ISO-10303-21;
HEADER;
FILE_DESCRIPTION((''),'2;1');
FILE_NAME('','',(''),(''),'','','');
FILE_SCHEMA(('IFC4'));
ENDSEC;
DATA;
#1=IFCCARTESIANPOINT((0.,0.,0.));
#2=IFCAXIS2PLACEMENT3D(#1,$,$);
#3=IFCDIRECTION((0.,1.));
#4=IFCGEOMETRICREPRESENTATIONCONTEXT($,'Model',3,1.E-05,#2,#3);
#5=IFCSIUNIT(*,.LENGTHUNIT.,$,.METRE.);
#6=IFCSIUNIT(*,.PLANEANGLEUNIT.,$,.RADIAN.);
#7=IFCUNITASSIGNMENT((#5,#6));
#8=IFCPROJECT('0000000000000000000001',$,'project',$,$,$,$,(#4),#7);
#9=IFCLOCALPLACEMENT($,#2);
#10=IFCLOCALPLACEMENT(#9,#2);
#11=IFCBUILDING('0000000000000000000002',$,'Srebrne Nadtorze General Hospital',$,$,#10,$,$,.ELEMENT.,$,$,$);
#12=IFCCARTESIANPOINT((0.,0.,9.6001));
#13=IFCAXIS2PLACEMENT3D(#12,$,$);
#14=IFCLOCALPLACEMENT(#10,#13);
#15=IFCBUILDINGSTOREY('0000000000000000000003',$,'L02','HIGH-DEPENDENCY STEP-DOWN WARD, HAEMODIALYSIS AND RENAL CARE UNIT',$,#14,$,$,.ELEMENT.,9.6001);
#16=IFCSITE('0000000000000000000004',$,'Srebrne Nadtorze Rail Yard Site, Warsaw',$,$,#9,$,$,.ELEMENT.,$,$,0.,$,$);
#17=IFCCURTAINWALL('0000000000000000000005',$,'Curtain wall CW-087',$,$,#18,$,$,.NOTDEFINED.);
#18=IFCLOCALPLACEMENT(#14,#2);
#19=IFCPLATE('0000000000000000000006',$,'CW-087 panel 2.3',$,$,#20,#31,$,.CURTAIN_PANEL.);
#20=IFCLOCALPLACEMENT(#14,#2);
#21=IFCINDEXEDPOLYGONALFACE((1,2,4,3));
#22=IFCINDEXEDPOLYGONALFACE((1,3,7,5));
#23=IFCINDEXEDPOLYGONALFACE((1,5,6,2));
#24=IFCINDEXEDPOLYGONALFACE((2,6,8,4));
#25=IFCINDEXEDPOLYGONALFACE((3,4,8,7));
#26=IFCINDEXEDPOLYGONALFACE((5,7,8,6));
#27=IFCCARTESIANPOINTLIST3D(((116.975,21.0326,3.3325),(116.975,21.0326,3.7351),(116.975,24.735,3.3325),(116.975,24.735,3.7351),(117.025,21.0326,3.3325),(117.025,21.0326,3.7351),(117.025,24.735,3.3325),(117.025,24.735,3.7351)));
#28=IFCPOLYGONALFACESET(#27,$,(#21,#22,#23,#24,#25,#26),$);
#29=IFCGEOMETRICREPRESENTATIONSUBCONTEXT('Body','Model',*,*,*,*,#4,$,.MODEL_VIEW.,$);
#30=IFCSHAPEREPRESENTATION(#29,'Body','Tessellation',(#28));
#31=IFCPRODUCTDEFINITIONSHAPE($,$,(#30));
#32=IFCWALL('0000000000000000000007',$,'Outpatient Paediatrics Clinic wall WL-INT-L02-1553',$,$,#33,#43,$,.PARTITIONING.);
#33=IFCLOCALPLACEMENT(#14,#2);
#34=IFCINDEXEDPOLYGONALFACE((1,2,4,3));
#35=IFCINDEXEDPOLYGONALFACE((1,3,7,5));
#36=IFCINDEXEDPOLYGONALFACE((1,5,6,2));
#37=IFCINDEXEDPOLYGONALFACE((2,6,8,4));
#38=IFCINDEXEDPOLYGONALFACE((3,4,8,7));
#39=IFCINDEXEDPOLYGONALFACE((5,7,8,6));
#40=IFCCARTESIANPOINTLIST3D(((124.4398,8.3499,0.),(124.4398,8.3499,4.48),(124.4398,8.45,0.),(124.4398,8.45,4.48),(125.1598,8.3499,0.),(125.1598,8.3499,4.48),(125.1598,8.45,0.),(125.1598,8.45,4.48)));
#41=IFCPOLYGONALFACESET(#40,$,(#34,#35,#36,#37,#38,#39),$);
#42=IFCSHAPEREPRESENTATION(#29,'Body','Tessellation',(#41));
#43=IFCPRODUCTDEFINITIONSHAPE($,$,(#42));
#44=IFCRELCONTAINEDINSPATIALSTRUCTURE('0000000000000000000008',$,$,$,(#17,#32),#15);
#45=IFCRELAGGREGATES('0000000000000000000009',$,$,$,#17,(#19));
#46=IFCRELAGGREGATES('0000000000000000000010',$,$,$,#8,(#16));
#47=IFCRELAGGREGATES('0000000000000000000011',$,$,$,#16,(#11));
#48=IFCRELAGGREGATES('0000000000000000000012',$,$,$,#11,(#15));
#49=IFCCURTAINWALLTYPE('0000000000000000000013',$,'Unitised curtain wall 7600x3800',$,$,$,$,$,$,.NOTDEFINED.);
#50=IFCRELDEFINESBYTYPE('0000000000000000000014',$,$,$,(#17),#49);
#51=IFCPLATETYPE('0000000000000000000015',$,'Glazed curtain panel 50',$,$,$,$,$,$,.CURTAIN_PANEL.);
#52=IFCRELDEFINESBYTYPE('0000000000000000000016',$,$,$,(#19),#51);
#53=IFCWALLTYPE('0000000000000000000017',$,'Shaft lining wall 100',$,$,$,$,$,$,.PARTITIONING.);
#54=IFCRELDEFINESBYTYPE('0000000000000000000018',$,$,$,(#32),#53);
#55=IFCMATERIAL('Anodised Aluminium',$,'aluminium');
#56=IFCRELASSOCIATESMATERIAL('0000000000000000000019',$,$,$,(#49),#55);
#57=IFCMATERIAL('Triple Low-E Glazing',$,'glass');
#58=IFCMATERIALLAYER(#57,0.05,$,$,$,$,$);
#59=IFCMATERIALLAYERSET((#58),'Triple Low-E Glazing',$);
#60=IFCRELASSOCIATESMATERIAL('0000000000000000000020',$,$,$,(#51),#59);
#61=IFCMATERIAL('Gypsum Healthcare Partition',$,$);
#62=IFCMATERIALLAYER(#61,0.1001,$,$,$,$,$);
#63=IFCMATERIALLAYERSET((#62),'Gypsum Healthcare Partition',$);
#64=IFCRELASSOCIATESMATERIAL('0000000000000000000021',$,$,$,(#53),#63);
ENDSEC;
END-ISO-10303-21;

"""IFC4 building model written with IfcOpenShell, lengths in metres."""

from ifc_helpers import new_model, si_unit, direction, frame, frame_2d, origin, origin_2d, place, context, subcontext, project, spatial, rectangle, extrude, material, layer, layer_set, type_object, element, aggregate, save


model = new_model("IFC4")

# Units and contexts
model_context = context("Model", 3, precision=1e-05, world=origin(), true_north=direction((0.0, 1.0)))
body_context = subcontext(model_context, "Body", "Model", "MODEL_VIEW")
ifc_project = project(units=[si_unit("LENGTHUNIT", "METRE"), si_unit("PLANEANGLEUNIT", "RADIAN")], contexts=[model_context])

# Site, building, storey
site_placement = place(None, origin())
site = spatial("IfcSite", under=ifc_project, at=site_placement, Name="Srebrne Nadtorze Rail Yard Site, Warsaw", CompositionType="ELEMENT", RefElevation=0.0)
building_placement = place(site_placement, origin())
building = spatial("IfcBuilding", under=site, at=building_placement, Name="Srebrne Nadtorze General Hospital", CompositionType="ELEMENT")
storey_placement = place(building_placement, frame((0.0, 0.0, 9.6001)))
storey = spatial("IfcBuildingStorey", under=building, at=storey_placement, Name="L02", Description="HIGH-DEPENDENCY STEP-DOWN WARD, HAEMODIALYSIS AND RENAL CARE UNIT", CompositionType="ELEMENT", Elevation=9.6001)

# Curtain wall
ifc_material_1 = material(Name="Anodised Aluminium", Category="aluminium")
curtain_wall_type_1 = type_object("IfcCurtainWallType", Name="Unitised curtain wall 7600x3800", PredefinedType="NOTDEFINED", material=ifc_material_1)
curtain_wall_1_placement = place(storey_placement, origin())
curtain_wall_1 = element("IfcCurtainWall", 1, at=curtain_wall_1_placement, inside=storey, type_object=curtain_wall_type_1, Name="Curtain wall CW-087", PredefinedType="NOTDEFINED")

# Plate
ifc_material_2 = material(Name="Triple Low-E Glazing", Category="glass")
ifc_layer_1 = layer(ifc_material_2, 0.05)
ifc_layer_set_1 = layer_set([ifc_layer_1], Name="Triple Low-E Glazing")
plate_type = type_object("IfcPlateType", Name="Glazed curtain panel 50", PredefinedType="CURTAIN_PANEL", material=ifc_layer_set_1)
plate_1_placement = place(storey_placement, frame((117.0, 22.8838, 3.3325), z_axis=(0.0, 0.0, 1.0), x_axis=(0.0, 1.0, 0.0)))
plate_1 = element("IfcPlate", 2, at=plate_1_placement, type_object=plate_type, Name="CW-087 panel 2.3", PredefinedType="CURTAIN_PANEL", context=body_context, shape_type="SweptSolid", body=[
    extrude(rectangle(XDim=3.7024, YDim=0.05, at=origin_2d()), origin(), (0.0, 0.0, 1.0), 0.4026),
])
aggregate(curtain_wall_1, [plate_1])

# Wall
ifc_material_3 = material(Name="Gypsum Healthcare Partition")
ifc_layer_2 = layer(ifc_material_3, 0.1001)
ifc_layer_set_2 = layer_set([ifc_layer_2], Name="Gypsum Healthcare Partition")
wall_type = type_object("IfcWallType", Name="Shaft lining wall 100", PredefinedType="PARTITIONING", material=ifc_layer_set_2)
wall_placement = place(storey_placement, frame((124.4399, 8.3999, 0.0), z_axis=(0.0, 0.0, 1.0), x_axis=(1.0, 0.0, 0.0)))
element("IfcWall", 3, at=wall_placement, inside=storey, type_object=wall_type, Name="Outpatient Paediatrics Clinic wall WL-INT-L02-1553", PredefinedType="PARTITIONING", context=body_context, shape_type="SweptSolid", body=[
    extrude(rectangle(XDim=0.72, YDim=0.1001, at=frame_2d((0.3599, 0.0))), origin(), (0.0, 0.0, 1.0), 4.48),
])

save(model, "model.ifc")
